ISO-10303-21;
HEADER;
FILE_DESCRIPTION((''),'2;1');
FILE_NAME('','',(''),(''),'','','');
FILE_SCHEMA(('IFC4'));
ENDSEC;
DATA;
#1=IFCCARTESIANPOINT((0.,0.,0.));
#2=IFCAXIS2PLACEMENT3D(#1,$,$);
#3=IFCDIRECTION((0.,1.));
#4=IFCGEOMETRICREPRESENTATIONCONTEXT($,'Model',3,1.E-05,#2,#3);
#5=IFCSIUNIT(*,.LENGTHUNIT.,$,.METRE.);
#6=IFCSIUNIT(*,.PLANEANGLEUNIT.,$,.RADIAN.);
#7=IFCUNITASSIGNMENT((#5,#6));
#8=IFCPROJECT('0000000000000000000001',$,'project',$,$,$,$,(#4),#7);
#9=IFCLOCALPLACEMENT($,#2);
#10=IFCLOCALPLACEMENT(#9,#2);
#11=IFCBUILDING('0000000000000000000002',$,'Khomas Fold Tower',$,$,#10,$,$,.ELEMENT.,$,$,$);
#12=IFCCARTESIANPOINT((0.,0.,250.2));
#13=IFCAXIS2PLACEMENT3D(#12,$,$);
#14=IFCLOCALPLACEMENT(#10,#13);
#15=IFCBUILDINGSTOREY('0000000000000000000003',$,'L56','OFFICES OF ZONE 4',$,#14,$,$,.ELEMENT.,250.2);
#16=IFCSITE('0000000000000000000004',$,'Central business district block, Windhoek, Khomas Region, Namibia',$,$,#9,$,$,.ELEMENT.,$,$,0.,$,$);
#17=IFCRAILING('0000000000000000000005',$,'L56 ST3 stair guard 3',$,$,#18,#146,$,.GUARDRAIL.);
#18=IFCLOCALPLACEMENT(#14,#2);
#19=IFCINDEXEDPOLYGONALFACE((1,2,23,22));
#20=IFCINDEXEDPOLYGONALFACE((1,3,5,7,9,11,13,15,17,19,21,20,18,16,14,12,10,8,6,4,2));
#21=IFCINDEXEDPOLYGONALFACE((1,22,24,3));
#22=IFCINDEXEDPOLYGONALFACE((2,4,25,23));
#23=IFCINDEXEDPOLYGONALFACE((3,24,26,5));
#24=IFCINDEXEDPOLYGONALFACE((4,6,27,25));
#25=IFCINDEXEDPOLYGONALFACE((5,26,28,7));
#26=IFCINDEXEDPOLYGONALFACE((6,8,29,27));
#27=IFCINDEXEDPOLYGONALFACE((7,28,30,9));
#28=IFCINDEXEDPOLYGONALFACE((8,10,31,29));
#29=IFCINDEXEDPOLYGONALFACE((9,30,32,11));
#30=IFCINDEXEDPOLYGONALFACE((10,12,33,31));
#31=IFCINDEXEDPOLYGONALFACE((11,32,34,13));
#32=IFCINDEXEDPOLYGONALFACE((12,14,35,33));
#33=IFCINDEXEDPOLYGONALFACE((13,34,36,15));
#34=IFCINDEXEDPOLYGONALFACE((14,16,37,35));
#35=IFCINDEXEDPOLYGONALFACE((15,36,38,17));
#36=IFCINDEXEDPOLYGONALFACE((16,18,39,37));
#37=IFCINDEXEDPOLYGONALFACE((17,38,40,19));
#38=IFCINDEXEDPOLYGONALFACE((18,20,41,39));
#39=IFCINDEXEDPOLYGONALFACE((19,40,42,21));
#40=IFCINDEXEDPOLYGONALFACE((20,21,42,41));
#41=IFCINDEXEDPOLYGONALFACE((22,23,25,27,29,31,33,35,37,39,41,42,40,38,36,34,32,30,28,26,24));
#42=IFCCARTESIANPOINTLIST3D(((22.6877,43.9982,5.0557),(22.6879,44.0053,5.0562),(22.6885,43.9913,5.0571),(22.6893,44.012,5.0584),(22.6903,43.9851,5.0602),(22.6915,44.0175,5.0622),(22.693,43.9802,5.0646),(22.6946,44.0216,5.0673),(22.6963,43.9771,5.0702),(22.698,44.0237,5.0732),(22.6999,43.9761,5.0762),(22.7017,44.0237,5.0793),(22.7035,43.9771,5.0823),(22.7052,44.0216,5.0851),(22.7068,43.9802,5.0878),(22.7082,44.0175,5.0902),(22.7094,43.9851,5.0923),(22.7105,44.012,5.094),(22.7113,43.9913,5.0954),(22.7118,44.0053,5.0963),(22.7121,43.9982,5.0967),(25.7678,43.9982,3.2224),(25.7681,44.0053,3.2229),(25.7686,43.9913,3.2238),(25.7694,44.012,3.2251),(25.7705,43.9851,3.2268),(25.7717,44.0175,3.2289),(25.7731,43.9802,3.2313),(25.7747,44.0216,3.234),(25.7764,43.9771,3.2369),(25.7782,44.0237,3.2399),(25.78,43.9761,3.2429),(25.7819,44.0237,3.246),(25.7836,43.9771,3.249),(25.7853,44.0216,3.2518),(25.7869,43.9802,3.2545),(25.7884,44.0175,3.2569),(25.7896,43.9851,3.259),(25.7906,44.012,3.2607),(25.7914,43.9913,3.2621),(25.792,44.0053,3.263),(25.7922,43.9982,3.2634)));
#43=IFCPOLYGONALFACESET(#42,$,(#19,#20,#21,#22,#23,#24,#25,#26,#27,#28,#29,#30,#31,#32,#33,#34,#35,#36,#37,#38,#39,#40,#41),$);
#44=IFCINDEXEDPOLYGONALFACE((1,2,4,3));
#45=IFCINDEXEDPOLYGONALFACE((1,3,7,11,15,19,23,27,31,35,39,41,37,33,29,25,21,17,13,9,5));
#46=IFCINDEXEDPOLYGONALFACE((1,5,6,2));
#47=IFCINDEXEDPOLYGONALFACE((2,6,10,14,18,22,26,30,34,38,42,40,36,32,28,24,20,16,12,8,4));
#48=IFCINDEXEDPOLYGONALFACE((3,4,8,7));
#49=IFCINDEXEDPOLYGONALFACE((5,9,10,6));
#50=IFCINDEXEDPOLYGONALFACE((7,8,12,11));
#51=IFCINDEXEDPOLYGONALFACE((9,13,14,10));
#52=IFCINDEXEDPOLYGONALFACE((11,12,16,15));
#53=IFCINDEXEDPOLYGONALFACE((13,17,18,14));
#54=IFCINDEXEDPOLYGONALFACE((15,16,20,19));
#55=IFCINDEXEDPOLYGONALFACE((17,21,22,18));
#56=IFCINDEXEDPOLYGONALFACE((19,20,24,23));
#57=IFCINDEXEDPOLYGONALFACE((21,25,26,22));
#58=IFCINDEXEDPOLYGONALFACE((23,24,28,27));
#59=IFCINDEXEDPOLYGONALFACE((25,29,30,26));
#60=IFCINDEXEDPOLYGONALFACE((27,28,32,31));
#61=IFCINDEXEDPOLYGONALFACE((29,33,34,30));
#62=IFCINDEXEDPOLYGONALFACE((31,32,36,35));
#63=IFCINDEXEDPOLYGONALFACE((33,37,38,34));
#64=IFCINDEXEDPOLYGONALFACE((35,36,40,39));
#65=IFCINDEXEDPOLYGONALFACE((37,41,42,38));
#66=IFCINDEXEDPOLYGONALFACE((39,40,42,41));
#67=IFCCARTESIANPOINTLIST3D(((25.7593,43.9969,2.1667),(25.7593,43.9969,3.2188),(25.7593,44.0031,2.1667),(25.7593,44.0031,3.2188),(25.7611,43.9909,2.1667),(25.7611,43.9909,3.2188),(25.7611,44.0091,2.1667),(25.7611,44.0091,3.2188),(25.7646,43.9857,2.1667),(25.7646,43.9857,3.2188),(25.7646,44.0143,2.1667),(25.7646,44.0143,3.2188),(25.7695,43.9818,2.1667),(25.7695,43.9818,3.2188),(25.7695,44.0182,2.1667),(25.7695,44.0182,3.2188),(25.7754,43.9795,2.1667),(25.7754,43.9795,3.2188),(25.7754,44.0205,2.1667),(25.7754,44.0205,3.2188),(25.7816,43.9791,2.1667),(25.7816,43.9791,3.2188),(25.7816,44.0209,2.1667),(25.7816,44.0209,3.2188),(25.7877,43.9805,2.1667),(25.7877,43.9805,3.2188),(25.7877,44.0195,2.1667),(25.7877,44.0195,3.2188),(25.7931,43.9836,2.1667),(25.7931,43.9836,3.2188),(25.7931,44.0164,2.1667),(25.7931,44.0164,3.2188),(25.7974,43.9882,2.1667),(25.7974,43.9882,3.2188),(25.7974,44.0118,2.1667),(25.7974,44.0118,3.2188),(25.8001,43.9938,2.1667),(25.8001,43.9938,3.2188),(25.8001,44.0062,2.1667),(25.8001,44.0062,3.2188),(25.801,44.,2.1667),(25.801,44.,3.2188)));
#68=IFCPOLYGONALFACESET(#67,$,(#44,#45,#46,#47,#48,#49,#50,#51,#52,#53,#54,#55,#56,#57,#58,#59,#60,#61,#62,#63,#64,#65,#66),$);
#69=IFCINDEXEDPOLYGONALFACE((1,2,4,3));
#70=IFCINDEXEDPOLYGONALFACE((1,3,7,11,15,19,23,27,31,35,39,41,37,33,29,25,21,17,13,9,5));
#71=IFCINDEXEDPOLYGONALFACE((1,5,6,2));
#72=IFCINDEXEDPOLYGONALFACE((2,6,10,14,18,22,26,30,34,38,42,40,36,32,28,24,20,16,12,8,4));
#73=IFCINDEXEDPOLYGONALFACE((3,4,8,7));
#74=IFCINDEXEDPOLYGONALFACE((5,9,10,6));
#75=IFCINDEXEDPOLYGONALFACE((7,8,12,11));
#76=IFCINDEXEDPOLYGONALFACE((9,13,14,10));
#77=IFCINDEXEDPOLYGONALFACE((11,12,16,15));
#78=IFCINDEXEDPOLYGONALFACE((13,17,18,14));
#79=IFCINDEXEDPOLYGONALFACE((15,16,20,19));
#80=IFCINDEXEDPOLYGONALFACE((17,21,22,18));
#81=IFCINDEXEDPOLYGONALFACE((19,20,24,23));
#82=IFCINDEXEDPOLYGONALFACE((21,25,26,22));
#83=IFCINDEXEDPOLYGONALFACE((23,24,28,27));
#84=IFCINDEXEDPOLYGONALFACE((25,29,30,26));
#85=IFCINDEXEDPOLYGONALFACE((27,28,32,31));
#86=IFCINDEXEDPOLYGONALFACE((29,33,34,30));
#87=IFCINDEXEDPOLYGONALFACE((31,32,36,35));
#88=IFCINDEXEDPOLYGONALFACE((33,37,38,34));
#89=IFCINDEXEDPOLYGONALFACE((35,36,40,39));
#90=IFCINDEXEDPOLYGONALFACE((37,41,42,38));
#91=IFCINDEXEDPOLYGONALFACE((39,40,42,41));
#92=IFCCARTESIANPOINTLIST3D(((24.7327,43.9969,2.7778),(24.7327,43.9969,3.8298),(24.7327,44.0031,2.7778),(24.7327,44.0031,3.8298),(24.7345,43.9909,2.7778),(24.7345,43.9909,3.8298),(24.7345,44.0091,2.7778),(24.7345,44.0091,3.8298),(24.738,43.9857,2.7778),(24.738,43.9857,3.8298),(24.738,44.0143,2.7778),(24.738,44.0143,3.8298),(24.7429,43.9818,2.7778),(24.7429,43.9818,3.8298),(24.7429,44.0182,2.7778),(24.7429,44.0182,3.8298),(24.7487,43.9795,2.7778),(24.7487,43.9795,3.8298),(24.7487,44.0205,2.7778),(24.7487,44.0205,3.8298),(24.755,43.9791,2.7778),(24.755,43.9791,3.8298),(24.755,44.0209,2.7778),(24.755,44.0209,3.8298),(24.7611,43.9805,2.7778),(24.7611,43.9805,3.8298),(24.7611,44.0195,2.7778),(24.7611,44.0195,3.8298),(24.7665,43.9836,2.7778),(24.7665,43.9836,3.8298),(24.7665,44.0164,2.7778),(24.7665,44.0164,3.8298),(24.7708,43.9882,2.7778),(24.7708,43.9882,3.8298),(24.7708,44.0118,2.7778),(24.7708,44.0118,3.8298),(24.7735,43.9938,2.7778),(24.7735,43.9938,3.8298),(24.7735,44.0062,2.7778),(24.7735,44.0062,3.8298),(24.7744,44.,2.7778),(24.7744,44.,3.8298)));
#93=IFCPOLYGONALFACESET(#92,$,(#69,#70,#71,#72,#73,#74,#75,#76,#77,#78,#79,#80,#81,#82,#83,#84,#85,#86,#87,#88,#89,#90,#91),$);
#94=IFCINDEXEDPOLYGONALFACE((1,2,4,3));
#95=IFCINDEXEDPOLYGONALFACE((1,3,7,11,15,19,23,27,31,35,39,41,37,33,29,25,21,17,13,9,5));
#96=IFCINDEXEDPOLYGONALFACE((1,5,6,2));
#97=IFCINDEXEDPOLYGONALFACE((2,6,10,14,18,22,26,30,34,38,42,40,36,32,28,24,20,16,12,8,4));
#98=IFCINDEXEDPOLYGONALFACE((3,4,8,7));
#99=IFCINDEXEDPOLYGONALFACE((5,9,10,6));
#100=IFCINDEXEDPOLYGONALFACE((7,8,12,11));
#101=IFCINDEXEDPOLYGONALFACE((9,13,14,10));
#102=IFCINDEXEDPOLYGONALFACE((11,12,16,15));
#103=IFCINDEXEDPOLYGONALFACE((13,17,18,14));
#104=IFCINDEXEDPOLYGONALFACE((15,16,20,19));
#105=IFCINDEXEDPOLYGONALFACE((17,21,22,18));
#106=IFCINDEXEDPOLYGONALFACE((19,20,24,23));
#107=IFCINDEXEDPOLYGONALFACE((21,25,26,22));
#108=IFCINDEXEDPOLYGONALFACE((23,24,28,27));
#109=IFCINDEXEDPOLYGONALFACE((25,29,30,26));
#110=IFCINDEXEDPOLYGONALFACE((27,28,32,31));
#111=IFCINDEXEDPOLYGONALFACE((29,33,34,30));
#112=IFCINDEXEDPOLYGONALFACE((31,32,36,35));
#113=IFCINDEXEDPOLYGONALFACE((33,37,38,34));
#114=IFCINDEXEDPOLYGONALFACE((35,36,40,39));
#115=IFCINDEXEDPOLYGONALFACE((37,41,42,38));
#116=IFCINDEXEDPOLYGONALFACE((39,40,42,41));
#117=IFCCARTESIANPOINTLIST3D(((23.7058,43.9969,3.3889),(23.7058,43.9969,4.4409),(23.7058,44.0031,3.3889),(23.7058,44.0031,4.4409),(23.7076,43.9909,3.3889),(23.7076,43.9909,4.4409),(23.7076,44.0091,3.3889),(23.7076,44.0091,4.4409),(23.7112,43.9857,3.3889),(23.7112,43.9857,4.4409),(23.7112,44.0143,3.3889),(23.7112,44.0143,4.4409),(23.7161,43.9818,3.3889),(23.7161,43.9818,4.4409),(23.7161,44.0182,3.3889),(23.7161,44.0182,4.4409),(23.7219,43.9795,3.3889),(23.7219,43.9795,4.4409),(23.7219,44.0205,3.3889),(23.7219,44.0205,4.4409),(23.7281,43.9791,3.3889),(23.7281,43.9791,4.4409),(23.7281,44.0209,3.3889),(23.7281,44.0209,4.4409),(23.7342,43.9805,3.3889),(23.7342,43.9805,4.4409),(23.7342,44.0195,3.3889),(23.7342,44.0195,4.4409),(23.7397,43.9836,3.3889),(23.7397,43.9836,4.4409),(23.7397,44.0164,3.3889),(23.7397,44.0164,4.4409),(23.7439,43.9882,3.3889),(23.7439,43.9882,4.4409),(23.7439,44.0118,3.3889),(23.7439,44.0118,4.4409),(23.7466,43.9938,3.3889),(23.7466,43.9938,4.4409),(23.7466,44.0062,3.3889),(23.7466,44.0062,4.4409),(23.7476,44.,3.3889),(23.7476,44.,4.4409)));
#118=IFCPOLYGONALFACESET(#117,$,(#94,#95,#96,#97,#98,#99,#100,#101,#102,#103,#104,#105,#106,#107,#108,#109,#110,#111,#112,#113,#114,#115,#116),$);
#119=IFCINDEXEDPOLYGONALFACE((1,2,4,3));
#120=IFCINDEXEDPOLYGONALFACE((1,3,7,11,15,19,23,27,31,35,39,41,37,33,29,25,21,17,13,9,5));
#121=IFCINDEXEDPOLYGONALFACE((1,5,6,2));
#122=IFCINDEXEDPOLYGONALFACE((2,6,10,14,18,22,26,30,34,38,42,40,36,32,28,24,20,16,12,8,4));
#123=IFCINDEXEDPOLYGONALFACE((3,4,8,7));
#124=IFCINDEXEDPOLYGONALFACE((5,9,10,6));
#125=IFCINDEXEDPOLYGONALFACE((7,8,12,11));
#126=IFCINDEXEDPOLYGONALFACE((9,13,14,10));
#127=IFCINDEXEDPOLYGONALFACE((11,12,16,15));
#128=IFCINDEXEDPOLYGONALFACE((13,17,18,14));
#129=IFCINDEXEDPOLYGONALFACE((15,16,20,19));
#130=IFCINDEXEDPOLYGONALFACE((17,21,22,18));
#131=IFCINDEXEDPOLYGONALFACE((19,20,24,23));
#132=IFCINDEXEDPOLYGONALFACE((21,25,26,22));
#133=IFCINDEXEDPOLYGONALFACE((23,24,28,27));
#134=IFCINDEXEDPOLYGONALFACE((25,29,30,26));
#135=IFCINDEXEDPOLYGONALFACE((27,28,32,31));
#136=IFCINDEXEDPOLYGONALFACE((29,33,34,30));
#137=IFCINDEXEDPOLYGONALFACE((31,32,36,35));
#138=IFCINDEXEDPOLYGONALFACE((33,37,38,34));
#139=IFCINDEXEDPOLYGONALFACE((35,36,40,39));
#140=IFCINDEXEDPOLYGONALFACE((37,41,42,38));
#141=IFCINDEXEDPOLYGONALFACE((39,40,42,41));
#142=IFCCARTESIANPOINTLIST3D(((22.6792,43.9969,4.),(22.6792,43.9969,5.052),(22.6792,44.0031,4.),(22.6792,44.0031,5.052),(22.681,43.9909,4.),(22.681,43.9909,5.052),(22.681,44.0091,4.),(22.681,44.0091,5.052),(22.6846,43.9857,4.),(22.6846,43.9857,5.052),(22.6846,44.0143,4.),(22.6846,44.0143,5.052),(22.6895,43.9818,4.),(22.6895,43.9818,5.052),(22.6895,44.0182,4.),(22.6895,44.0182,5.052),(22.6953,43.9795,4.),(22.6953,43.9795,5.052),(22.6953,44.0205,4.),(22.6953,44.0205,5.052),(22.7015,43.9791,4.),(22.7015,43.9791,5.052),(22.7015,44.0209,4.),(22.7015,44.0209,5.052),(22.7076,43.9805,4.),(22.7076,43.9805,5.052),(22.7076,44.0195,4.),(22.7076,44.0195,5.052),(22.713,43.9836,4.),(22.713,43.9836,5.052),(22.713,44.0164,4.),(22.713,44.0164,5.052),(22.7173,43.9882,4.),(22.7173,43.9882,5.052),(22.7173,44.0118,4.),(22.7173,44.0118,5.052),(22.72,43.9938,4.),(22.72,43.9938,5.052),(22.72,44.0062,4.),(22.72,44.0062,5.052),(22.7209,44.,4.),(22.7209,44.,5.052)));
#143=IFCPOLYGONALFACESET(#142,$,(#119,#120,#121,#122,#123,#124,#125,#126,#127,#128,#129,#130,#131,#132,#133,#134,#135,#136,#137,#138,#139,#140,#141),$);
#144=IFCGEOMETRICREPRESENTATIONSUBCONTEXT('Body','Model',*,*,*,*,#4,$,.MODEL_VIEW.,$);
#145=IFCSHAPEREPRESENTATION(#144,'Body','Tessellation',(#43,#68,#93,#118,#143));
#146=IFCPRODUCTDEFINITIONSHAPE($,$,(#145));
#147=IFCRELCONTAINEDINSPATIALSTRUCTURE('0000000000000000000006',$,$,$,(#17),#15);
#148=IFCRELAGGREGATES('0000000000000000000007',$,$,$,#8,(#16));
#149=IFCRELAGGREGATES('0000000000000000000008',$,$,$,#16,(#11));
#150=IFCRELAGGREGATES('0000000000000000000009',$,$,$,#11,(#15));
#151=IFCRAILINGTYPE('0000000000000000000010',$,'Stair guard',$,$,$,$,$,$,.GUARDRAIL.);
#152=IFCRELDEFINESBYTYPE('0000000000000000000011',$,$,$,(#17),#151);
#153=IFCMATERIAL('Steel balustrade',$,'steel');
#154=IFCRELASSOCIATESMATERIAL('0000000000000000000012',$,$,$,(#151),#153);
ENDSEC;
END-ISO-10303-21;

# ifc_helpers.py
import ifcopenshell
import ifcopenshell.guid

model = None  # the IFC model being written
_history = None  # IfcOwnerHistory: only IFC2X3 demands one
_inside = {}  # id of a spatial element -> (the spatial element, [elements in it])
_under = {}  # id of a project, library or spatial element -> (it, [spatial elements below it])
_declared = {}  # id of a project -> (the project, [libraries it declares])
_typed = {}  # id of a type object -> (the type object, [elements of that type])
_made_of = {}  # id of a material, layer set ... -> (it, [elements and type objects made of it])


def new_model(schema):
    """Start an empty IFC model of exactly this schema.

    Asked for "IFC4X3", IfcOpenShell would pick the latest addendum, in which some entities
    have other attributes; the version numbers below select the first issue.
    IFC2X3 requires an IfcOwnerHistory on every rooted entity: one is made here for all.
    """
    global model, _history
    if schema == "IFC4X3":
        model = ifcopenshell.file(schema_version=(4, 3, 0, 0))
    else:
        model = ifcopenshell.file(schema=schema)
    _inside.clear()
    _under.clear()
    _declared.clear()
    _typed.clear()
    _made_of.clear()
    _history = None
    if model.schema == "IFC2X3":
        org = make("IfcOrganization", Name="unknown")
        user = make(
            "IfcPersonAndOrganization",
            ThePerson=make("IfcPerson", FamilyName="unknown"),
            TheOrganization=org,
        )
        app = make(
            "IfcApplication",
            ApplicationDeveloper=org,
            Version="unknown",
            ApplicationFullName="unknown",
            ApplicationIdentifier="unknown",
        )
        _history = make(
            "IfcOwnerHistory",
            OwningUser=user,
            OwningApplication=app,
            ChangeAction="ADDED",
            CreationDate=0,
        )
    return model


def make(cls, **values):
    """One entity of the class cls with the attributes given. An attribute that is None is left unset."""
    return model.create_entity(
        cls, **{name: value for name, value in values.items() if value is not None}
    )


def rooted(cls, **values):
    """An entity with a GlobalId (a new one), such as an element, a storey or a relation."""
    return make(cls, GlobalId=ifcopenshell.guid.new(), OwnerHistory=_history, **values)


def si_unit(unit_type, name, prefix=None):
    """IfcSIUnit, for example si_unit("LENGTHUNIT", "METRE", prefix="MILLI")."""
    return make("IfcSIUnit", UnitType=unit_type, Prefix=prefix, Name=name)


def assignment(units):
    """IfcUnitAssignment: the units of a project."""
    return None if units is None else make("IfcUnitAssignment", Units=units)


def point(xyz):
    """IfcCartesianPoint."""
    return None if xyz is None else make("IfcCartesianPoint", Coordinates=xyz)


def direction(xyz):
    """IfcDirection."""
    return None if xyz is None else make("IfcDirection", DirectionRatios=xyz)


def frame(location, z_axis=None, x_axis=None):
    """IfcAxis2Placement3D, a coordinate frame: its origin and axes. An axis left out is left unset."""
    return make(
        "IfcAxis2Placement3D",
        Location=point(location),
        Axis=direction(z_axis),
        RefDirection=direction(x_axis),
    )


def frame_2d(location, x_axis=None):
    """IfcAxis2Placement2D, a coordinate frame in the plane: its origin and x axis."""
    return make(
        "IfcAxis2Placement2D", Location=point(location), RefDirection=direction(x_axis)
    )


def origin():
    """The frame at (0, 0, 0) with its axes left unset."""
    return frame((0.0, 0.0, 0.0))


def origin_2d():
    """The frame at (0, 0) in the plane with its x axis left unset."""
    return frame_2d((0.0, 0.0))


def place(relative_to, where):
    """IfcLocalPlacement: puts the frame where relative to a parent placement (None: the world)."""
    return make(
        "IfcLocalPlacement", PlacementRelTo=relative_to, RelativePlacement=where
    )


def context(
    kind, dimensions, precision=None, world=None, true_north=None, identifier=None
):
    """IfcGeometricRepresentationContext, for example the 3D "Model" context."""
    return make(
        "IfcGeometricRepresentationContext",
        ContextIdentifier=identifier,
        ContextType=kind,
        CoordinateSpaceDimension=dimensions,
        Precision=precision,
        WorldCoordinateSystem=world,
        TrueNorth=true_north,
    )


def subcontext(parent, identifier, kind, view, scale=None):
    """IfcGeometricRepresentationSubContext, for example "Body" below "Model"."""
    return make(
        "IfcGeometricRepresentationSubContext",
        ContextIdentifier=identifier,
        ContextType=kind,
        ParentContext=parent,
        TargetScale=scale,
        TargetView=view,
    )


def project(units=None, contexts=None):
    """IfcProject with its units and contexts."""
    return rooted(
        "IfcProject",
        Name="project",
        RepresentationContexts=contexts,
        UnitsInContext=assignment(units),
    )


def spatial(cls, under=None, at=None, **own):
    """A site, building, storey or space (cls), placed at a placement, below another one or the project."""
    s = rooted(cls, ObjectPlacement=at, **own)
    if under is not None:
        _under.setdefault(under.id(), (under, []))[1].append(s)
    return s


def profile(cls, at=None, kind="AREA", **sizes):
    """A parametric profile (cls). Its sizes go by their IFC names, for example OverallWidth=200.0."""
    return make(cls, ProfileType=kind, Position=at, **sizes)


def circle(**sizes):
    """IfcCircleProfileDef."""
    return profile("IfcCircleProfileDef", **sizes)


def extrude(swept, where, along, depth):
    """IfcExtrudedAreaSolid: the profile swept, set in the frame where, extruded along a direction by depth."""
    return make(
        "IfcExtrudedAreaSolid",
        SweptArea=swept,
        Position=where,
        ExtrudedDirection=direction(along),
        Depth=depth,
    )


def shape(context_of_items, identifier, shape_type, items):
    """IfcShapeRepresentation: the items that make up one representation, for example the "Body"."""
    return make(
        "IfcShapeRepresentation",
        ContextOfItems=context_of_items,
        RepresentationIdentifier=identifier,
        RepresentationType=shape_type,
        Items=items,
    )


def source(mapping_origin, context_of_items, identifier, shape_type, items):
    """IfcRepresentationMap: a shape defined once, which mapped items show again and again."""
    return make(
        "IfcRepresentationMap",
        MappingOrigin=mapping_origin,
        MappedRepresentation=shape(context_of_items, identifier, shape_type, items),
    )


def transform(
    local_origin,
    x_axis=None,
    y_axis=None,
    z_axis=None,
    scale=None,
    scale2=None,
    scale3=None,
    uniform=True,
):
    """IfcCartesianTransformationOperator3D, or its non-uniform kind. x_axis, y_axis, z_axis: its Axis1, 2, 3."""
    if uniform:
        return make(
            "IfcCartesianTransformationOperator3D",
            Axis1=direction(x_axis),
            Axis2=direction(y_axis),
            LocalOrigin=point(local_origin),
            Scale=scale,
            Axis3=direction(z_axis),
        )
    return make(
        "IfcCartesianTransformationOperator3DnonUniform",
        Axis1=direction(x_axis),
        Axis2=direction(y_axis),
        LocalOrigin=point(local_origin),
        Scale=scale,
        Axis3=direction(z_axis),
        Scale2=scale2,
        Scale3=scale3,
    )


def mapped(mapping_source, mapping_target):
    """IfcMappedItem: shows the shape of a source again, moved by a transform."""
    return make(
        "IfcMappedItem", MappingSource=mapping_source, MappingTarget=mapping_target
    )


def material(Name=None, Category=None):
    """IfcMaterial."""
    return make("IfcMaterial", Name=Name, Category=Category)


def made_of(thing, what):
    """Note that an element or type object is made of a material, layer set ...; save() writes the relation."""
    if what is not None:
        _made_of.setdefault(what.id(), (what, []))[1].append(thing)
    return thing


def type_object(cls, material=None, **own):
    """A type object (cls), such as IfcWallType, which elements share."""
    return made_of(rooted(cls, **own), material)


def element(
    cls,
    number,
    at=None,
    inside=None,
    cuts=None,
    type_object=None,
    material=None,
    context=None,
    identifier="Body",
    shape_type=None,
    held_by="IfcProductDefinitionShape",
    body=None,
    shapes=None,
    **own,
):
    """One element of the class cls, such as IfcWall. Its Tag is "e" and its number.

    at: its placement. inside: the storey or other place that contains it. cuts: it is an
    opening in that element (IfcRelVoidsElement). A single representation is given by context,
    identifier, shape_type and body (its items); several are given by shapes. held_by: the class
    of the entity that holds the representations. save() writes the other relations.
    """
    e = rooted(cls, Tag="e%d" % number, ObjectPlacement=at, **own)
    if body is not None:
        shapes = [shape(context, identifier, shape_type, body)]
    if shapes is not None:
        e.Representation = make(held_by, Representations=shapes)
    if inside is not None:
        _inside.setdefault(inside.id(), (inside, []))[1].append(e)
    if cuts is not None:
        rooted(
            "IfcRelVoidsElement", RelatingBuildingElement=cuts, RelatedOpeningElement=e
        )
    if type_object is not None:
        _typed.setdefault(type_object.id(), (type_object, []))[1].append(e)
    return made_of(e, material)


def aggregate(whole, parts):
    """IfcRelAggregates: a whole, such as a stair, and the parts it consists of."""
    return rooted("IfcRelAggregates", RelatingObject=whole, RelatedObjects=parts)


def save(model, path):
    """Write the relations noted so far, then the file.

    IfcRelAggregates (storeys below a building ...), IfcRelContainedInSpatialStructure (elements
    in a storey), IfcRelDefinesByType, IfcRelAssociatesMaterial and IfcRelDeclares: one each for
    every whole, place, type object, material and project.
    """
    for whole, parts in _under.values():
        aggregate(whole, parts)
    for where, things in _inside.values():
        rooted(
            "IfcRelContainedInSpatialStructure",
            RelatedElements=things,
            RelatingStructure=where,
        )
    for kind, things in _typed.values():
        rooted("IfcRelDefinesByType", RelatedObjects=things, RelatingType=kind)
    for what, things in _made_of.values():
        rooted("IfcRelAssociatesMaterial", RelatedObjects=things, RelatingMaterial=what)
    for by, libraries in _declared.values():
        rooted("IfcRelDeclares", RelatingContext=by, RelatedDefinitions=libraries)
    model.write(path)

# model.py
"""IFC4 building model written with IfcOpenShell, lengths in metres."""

from ifc_helpers import new_model, si_unit, direction, frame, origin, origin_2d, place, context, subcontext, project, spatial, circle, extrude, source, transform, mapped, material, type_object, element, save


model = new_model("IFC4")

# Units and contexts
model_context = context("Model", 3, precision=1e-05, world=origin(), true_north=direction((0.0, 1.0)))
body_context = subcontext(model_context, "Body", "Model", "MODEL_VIEW")
ifc_project = project(units=[si_unit("LENGTHUNIT", "METRE"), si_unit("PLANEANGLEUNIT", "RADIAN")], contexts=[model_context])

# Site, building, storey
site_placement = place(None, origin())
site = spatial("IfcSite", under=ifc_project, at=site_placement, Name="Central business district block, Windhoek, Khomas Region, Namibia", CompositionType="ELEMENT", RefElevation=0.0)
building_placement = place(site_placement, origin())
building = spatial("IfcBuilding", under=site, at=building_placement, Name="Khomas Fold Tower", CompositionType="ELEMENT")
storey_placement = place(building_placement, frame((0.0, 0.0, 250.2)))
storey = spatial("IfcBuildingStorey", under=building, at=storey_placement, Name="L56", Description="OFFICES OF ZONE 4", CompositionType="ELEMENT", Elevation=250.2)

# Railing
ifc_material_1 = material(Name="Steel balustrade", Category="steel")
railing_type_1 = type_object("IfcRailingType", Name="Stair guard", PredefinedType="GUARDRAIL", material=ifc_material_1)
shared_shape_1 = source(origin(), body_context, "Body", "SweptSolid", [
    extrude(circle(Radius=0.0239, at=origin_2d()), frame((0.0, 0.0, 1.0762), z_axis=(-0.859309, 0.0, 0.511458), x_axis=(0.0, -1.0, 0.0)), (0.0, 0.0, 1.0), 3.5845),
    extrude(circle(Radius=0.021, at=origin_2d()), origin(), (0.0, 0.0, 1.0), 1.052),
    extrude(circle(Radius=0.021, at=origin_2d()), frame((-1.0266, 0.0, 0.6111)), (0.0, 0.0, 1.0), 1.052),
    extrude(circle(Radius=0.021, at=origin_2d()), frame((-2.0535, 0.0, 1.2222)), (0.0, 0.0, 1.0), 1.052),
    extrude(circle(Radius=0.021, at=origin_2d()), frame((-3.0801, 0.0, 1.8333)), (0.0, 0.0, 1.0), 1.052),
])
railing_1_placement = place(storey_placement, frame((25.78, 44.0, 2.1667)))
element("IfcRailing", 1, at=railing_1_placement, inside=storey, type_object=railing_type_1, Name="L56 ST3 stair guard 3", PredefinedType="GUARDRAIL", context=body_context, shape_type="MappedRepresentation", body=[
    mapped(shared_shape_1, transform((0.0, 0.0, 0.0))),
])

save(model, "model.ifc")
